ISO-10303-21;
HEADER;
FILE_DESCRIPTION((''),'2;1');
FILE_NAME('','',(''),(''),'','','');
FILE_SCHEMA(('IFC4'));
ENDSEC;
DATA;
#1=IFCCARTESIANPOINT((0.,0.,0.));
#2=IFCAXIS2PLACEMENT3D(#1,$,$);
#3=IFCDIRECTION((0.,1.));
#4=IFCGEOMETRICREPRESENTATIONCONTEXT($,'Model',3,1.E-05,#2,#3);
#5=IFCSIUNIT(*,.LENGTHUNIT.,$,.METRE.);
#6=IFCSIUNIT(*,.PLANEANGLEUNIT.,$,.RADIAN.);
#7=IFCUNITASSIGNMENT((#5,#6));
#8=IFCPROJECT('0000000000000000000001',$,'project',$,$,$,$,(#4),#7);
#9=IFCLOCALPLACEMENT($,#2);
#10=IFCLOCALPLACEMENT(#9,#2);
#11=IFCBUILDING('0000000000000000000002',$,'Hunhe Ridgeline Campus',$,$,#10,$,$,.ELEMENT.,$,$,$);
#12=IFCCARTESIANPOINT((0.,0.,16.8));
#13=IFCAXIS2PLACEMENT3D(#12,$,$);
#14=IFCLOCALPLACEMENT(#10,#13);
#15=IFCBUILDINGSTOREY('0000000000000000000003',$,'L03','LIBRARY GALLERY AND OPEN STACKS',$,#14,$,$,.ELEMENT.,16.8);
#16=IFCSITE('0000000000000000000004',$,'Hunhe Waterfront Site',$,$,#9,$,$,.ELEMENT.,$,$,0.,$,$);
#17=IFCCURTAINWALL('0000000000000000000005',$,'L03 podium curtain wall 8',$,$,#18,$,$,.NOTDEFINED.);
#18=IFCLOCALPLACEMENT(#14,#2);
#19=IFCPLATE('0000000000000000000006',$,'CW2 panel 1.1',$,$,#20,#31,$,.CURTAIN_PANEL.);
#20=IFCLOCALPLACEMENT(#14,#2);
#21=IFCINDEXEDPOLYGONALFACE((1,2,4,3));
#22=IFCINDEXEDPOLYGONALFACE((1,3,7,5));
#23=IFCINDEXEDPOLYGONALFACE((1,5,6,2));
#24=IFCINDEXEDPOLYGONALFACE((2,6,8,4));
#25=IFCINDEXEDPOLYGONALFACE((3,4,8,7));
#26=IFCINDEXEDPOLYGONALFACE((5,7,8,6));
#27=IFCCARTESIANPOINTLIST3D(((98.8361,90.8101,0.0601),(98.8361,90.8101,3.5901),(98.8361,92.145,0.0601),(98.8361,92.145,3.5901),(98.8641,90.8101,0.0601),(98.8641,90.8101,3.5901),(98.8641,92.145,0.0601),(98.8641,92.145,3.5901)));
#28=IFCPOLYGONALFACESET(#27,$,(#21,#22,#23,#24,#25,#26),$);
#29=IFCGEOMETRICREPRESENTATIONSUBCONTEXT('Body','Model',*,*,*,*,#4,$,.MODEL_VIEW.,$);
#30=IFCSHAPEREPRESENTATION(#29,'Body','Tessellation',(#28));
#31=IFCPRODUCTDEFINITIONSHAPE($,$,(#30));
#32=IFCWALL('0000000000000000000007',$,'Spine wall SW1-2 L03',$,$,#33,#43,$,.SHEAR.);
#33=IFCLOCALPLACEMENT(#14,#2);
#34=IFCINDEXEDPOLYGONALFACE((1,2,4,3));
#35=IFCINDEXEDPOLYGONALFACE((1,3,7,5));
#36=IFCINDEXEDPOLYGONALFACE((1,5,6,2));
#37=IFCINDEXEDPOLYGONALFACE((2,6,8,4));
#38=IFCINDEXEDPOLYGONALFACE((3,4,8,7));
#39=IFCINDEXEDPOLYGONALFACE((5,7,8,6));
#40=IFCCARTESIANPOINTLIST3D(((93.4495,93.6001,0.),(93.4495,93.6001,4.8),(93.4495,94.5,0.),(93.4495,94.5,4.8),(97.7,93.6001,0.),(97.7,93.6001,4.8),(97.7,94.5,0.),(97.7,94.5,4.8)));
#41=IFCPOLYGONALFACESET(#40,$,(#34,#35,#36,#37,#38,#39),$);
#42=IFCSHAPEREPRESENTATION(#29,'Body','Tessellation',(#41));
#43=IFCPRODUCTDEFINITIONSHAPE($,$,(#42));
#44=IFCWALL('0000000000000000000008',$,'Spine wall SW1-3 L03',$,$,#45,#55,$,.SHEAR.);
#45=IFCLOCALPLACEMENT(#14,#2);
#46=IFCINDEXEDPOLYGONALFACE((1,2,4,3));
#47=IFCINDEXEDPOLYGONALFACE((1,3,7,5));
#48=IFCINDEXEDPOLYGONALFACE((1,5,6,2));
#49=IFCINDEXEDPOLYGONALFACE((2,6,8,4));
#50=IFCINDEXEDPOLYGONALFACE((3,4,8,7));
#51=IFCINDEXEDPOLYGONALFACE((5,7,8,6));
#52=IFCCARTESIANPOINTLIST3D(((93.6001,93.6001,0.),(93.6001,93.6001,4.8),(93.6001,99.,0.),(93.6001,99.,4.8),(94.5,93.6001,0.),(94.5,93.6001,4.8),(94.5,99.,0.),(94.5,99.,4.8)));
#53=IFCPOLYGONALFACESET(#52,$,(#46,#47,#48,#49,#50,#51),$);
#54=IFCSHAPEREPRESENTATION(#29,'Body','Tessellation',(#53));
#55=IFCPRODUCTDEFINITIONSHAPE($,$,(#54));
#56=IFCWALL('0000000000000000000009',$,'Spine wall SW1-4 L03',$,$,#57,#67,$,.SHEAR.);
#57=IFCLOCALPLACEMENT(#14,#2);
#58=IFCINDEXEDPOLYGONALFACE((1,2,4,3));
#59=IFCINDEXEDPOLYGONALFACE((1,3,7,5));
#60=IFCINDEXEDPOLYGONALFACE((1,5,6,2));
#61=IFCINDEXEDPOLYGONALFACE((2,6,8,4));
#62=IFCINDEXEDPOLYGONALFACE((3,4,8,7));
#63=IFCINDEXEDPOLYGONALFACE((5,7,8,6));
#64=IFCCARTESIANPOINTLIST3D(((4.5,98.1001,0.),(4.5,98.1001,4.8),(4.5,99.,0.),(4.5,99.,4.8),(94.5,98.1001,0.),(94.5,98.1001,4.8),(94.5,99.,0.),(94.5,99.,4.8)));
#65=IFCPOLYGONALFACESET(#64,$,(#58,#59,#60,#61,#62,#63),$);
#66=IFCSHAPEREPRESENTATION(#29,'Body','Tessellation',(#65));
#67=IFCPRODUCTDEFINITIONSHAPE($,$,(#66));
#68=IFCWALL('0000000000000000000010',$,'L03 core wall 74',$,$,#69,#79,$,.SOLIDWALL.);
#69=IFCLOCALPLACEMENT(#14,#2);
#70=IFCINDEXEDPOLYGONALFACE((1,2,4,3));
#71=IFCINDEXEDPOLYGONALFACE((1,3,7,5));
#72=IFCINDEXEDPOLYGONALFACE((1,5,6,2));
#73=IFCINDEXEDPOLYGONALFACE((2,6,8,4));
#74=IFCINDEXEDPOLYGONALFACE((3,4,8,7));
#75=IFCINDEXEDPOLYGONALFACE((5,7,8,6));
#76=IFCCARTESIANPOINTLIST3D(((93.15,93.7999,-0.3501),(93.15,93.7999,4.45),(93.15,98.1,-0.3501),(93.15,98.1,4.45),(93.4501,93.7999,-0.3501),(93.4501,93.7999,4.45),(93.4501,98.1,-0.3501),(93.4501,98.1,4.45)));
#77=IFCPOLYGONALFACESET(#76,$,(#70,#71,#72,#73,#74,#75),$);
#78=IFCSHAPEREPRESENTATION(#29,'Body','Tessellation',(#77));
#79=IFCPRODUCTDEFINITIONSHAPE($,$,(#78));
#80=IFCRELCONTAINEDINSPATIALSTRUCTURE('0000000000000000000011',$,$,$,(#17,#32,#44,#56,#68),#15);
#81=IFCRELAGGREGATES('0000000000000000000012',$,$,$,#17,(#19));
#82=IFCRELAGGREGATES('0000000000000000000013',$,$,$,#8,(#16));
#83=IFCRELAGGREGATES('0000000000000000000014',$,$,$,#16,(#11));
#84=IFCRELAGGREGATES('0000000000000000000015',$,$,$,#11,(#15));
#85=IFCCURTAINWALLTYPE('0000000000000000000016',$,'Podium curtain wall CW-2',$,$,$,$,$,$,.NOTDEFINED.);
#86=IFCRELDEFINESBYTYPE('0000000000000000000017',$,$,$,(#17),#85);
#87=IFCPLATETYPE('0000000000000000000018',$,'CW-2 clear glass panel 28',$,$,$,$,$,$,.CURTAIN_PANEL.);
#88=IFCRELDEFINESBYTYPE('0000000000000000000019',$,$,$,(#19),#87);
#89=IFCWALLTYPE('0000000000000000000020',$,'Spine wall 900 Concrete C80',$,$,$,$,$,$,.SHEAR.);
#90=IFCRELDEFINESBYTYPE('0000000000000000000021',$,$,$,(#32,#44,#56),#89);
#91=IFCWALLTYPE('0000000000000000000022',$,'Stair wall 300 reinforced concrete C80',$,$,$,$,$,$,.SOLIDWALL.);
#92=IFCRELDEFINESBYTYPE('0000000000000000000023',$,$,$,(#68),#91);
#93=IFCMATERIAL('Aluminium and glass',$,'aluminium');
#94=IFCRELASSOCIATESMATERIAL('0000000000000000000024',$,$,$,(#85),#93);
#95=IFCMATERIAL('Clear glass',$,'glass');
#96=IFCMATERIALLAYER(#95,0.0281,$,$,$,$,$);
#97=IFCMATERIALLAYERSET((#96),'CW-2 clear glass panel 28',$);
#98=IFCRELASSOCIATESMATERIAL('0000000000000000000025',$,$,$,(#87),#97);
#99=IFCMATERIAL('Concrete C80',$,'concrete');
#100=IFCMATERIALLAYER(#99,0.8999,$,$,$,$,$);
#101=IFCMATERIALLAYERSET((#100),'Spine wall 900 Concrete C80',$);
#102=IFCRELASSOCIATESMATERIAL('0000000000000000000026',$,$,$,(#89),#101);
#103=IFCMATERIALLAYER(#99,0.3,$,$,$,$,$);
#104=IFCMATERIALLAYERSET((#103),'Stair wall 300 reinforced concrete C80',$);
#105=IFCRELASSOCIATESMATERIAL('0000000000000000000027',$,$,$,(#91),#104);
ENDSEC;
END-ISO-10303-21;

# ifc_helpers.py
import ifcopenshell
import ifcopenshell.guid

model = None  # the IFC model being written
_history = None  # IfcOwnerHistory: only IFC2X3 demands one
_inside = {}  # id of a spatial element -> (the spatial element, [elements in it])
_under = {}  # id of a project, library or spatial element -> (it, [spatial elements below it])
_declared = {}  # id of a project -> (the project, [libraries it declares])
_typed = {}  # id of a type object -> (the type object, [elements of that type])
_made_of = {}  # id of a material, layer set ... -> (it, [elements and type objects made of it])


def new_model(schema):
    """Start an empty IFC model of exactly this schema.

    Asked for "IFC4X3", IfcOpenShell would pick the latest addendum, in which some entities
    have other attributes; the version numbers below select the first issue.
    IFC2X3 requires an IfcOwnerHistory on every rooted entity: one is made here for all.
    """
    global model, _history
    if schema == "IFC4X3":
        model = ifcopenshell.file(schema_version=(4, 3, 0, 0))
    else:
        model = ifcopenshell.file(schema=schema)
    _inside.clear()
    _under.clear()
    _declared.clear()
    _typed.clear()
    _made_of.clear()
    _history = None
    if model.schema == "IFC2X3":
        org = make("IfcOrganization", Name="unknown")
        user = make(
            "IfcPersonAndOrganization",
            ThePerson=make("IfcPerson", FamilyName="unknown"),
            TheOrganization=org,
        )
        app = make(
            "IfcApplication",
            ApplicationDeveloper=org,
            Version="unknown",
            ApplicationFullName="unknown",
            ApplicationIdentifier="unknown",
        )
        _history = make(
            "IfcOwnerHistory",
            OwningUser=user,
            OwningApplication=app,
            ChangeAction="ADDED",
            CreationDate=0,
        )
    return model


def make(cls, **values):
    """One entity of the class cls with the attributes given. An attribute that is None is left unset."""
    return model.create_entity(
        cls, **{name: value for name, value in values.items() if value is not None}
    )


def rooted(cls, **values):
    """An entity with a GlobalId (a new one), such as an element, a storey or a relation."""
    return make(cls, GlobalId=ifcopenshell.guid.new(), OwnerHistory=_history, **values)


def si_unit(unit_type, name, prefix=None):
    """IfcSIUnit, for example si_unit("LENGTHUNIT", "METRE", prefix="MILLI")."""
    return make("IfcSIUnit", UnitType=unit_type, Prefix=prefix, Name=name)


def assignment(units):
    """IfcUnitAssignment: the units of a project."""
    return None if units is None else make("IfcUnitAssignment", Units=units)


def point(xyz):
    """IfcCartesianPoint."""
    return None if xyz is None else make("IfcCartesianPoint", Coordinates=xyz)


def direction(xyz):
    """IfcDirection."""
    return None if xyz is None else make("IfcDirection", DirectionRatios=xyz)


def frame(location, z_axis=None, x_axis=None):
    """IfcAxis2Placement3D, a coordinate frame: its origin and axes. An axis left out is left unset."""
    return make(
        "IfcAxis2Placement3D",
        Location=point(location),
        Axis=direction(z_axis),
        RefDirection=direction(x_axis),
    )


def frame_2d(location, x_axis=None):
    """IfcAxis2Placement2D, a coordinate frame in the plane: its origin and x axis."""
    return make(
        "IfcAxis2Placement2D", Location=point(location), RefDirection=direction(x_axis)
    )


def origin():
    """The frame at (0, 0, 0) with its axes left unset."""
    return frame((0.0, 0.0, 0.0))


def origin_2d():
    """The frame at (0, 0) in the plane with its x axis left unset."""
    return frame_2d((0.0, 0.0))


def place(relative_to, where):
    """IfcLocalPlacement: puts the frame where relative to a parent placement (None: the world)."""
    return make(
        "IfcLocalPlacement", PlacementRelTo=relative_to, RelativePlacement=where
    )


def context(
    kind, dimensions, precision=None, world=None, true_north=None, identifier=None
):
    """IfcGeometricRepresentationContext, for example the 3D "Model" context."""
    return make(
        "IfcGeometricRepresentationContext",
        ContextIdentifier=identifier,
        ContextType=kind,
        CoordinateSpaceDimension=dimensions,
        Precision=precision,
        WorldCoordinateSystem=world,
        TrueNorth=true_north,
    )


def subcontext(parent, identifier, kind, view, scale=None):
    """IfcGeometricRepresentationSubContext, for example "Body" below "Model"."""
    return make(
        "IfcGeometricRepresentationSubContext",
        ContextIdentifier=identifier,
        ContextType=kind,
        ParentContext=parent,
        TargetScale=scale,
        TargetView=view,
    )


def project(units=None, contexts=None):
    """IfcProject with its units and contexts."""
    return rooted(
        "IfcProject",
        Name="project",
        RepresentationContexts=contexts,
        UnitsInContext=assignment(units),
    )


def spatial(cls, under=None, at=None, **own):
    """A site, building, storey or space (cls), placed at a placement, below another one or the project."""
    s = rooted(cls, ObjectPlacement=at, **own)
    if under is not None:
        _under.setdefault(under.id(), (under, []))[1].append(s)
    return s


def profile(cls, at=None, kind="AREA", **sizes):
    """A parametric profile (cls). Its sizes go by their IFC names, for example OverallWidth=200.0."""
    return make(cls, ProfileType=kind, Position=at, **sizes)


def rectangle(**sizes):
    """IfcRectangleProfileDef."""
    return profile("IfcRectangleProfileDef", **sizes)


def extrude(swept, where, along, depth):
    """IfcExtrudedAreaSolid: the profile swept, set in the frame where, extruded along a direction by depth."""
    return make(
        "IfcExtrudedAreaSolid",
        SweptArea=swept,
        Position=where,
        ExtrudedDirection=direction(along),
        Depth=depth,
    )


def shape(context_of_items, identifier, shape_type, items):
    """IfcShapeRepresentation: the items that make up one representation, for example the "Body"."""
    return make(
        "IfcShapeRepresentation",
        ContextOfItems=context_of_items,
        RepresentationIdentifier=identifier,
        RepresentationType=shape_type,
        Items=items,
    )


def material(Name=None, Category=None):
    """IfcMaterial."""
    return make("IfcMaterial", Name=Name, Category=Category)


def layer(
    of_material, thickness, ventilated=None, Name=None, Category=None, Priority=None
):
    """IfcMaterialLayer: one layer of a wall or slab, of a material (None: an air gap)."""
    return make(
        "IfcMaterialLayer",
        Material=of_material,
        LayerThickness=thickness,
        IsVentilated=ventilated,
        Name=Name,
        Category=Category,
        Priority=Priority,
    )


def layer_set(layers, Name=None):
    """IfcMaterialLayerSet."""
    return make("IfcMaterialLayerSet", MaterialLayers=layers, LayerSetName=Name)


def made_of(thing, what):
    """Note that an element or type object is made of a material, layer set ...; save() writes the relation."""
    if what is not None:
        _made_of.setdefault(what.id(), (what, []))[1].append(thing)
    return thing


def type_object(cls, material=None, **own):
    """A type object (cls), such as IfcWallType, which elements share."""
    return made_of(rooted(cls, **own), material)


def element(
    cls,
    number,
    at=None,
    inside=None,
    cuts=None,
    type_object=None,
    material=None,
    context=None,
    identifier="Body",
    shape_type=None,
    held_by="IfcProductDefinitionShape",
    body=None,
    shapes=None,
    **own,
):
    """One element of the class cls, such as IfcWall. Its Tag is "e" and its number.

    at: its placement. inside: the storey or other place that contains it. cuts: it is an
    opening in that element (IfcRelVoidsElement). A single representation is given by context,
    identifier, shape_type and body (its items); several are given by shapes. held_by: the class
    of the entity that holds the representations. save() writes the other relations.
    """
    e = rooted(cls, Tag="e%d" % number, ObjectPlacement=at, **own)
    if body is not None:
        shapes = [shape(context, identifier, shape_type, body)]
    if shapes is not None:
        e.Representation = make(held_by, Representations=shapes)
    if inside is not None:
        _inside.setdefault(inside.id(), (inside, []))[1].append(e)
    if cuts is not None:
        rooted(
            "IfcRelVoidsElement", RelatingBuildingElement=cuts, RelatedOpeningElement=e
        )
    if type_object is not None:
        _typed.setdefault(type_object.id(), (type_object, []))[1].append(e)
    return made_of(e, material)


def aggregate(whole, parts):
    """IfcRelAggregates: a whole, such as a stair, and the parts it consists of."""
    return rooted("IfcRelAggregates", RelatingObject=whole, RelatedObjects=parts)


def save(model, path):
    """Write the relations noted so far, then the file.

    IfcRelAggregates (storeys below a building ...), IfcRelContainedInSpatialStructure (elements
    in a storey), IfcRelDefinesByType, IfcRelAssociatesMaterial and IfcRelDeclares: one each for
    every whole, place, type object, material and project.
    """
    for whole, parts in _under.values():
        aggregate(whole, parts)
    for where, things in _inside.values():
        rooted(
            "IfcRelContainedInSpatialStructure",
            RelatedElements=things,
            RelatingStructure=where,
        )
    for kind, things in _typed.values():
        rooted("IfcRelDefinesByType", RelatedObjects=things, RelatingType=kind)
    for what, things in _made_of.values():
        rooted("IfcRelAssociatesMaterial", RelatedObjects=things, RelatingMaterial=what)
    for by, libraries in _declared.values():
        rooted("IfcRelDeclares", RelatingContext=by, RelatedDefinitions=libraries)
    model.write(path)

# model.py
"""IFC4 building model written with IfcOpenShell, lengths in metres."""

from ifc_helpers import new_model, si_unit, direction, frame, frame_2d, origin, origin_2d, place, context, subcontext, project, spatial, rectangle, extrude, material, layer, layer_set, type_object, element, aggregate, save


model = new_model("IFC4")

# Units and contexts
model_context = context("Model", 3, precision=1e-05, world=origin(), true_north=direction((0.0, 1.0)))
body_context = subcontext(model_context, "Body", "Model", "MODEL_VIEW")
ifc_project = project(units=[si_unit("LENGTHUNIT", "METRE"), si_unit("PLANEANGLEUNIT", "RADIAN")], contexts=[model_context])

# Site, building, storey
site_placement = place(None, origin())
site = spatial("IfcSite", under=ifc_project, at=site_placement, Name="Hunhe Waterfront Site", CompositionType="ELEMENT", RefElevation=0.0)
building_placement = place(site_placement, origin())
building = spatial("IfcBuilding", under=site, at=building_placement, Name="Hunhe Ridgeline Campus", CompositionType="ELEMENT")
storey_placement = place(building_placement, frame((0.0, 0.0, 16.8)))
storey = spatial("IfcBuildingStorey", under=building, at=storey_placement, Name="L03", Description="LIBRARY GALLERY AND OPEN STACKS", CompositionType="ELEMENT", Elevation=16.8)

# Curtain wall
ifc_material_1 = material(Name="Aluminium and glass", Category="aluminium")
curtain_wall_type = type_object("IfcCurtainWallType", Name="Podium curtain wall CW-2", PredefinedType="NOTDEFINED", material=ifc_material_1)
curtain_wall_1_placement = place(storey_placement, origin())
curtain_wall_1 = element("IfcCurtainWall", 1, at=curtain_wall_1_placement, inside=storey, type_object=curtain_wall_type, Name="L03 podium curtain wall 8", PredefinedType="NOTDEFINED")

# Plate
ifc_material_2 = material(Name="Clear glass", Category="glass")
ifc_layer_1 = layer(ifc_material_2, 0.0281)
ifc_layer_set_1 = layer_set([ifc_layer_1], Name="CW-2 clear glass panel 28")
plate_type = type_object("IfcPlateType", Name="CW-2 clear glass panel 28", PredefinedType="CURTAIN_PANEL", material=ifc_layer_set_1)
plate_1_placement = place(storey_placement, frame((98.8501, 91.4775, 0.0601), z_axis=(0.0, 0.0, 1.0), x_axis=(0.0, 1.0, 0.0)))
plate_1 = element("IfcPlate", 2, at=plate_1_placement, type_object=plate_type, Name="CW2 panel 1.1", PredefinedType="CURTAIN_PANEL", context=body_context, shape_type="SweptSolid", body=[
    extrude(rectangle(XDim=1.335, YDim=0.0281, at=origin_2d()), origin(), (0.0, 0.0, 1.0), 3.53),
])
aggregate(curtain_wall_1, [plate_1])

# Walls
ifc_material_3 = material(Name="Concrete C80", Category="concrete")
ifc_layer_2 = layer(ifc_material_3, 0.8999)
ifc_layer_set_2 = layer_set([ifc_layer_2], Name="Spine wall 900 Concrete C80")
wall_type_1 = type_object("IfcWallType", Name="Spine wall 900 Concrete C80", PredefinedType="SHEAR", material=ifc_layer_set_2)
wall_1_placement = place(storey_placement, frame((97.7, 94.05, 0.0), z_axis=(0.0, 0.0, 1.0), x_axis=(-1.0, 0.0, 0.0)))
element("IfcWall", 3, at=wall_1_placement, inside=storey, type_object=wall_type_1, Name="Spine wall SW1-2 L03", PredefinedType="SHEAR", context=body_context, shape_type="SweptSolid", body=[
    extrude(rectangle(XDim=4.2505, YDim=0.8999, at=frame_2d((2.1252, 0.0))), origin(), (0.0, 0.0, 1.0), 4.8),
])
wall_2_placement = place(storey_placement, frame((94.05, 93.6001, 0.0), z_axis=(0.0, 0.0, 1.0), x_axis=(0.0, 1.0, 0.0)))
element("IfcWall", 4, at=wall_2_placement, inside=storey, type_object=wall_type_1, Name="Spine wall SW1-3 L03", PredefinedType="SHEAR", context=body_context, shape_type="SweptSolid", body=[
    extrude(rectangle(XDim=5.3999, YDim=0.8999, at=frame_2d((2.7, 0.0))), origin(), (0.0, 0.0, 1.0), 4.8),
])
wall_3_placement = place(storey_placement, frame((94.5, 98.55, 0.0), z_axis=(0.0, 0.0, 1.0), x_axis=(-1.0, 0.0, 0.0)))
element("IfcWall", 5, at=wall_3_placement, inside=storey, type_object=wall_type_1, Name="Spine wall SW1-4 L03", PredefinedType="SHEAR", context=body_context, shape_type="SweptSolid", body=[
    extrude(rectangle(XDim=90.0, YDim=0.8999, at=frame_2d((45.0, 0.0))), origin(), (0.0, 0.0, 1.0), 4.8),
])
ifc_layer_3 = layer(ifc_material_3, 0.3)
ifc_layer_set_3 = layer_set([ifc_layer_3], Name="Stair wall 300 reinforced concrete C80")
wall_type_2 = type_object("IfcWallType", Name="Stair wall 300 reinforced concrete C80", PredefinedType="SOLIDWALL", material=ifc_layer_set_3)
wall_4_placement = place(storey_placement, frame((93.3, 93.8, -0.3501), z_axis=(0.0, 0.0, 1.0), x_axis=(0.0, 1.0, 0.0)))
element("IfcWall", 6, at=wall_4_placement, inside=storey, type_object=wall_type_2, Name="L03 core wall 74", PredefinedType="SOLIDWALL", context=body_context, shape_type="SweptSolid", body=[
    extrude(rectangle(XDim=4.3, YDim=0.3, at=frame_2d((2.1499, 0.0))), origin(), (0.0, 0.0, 1.0), 4.8),
])

save(model, "model.ifc")
